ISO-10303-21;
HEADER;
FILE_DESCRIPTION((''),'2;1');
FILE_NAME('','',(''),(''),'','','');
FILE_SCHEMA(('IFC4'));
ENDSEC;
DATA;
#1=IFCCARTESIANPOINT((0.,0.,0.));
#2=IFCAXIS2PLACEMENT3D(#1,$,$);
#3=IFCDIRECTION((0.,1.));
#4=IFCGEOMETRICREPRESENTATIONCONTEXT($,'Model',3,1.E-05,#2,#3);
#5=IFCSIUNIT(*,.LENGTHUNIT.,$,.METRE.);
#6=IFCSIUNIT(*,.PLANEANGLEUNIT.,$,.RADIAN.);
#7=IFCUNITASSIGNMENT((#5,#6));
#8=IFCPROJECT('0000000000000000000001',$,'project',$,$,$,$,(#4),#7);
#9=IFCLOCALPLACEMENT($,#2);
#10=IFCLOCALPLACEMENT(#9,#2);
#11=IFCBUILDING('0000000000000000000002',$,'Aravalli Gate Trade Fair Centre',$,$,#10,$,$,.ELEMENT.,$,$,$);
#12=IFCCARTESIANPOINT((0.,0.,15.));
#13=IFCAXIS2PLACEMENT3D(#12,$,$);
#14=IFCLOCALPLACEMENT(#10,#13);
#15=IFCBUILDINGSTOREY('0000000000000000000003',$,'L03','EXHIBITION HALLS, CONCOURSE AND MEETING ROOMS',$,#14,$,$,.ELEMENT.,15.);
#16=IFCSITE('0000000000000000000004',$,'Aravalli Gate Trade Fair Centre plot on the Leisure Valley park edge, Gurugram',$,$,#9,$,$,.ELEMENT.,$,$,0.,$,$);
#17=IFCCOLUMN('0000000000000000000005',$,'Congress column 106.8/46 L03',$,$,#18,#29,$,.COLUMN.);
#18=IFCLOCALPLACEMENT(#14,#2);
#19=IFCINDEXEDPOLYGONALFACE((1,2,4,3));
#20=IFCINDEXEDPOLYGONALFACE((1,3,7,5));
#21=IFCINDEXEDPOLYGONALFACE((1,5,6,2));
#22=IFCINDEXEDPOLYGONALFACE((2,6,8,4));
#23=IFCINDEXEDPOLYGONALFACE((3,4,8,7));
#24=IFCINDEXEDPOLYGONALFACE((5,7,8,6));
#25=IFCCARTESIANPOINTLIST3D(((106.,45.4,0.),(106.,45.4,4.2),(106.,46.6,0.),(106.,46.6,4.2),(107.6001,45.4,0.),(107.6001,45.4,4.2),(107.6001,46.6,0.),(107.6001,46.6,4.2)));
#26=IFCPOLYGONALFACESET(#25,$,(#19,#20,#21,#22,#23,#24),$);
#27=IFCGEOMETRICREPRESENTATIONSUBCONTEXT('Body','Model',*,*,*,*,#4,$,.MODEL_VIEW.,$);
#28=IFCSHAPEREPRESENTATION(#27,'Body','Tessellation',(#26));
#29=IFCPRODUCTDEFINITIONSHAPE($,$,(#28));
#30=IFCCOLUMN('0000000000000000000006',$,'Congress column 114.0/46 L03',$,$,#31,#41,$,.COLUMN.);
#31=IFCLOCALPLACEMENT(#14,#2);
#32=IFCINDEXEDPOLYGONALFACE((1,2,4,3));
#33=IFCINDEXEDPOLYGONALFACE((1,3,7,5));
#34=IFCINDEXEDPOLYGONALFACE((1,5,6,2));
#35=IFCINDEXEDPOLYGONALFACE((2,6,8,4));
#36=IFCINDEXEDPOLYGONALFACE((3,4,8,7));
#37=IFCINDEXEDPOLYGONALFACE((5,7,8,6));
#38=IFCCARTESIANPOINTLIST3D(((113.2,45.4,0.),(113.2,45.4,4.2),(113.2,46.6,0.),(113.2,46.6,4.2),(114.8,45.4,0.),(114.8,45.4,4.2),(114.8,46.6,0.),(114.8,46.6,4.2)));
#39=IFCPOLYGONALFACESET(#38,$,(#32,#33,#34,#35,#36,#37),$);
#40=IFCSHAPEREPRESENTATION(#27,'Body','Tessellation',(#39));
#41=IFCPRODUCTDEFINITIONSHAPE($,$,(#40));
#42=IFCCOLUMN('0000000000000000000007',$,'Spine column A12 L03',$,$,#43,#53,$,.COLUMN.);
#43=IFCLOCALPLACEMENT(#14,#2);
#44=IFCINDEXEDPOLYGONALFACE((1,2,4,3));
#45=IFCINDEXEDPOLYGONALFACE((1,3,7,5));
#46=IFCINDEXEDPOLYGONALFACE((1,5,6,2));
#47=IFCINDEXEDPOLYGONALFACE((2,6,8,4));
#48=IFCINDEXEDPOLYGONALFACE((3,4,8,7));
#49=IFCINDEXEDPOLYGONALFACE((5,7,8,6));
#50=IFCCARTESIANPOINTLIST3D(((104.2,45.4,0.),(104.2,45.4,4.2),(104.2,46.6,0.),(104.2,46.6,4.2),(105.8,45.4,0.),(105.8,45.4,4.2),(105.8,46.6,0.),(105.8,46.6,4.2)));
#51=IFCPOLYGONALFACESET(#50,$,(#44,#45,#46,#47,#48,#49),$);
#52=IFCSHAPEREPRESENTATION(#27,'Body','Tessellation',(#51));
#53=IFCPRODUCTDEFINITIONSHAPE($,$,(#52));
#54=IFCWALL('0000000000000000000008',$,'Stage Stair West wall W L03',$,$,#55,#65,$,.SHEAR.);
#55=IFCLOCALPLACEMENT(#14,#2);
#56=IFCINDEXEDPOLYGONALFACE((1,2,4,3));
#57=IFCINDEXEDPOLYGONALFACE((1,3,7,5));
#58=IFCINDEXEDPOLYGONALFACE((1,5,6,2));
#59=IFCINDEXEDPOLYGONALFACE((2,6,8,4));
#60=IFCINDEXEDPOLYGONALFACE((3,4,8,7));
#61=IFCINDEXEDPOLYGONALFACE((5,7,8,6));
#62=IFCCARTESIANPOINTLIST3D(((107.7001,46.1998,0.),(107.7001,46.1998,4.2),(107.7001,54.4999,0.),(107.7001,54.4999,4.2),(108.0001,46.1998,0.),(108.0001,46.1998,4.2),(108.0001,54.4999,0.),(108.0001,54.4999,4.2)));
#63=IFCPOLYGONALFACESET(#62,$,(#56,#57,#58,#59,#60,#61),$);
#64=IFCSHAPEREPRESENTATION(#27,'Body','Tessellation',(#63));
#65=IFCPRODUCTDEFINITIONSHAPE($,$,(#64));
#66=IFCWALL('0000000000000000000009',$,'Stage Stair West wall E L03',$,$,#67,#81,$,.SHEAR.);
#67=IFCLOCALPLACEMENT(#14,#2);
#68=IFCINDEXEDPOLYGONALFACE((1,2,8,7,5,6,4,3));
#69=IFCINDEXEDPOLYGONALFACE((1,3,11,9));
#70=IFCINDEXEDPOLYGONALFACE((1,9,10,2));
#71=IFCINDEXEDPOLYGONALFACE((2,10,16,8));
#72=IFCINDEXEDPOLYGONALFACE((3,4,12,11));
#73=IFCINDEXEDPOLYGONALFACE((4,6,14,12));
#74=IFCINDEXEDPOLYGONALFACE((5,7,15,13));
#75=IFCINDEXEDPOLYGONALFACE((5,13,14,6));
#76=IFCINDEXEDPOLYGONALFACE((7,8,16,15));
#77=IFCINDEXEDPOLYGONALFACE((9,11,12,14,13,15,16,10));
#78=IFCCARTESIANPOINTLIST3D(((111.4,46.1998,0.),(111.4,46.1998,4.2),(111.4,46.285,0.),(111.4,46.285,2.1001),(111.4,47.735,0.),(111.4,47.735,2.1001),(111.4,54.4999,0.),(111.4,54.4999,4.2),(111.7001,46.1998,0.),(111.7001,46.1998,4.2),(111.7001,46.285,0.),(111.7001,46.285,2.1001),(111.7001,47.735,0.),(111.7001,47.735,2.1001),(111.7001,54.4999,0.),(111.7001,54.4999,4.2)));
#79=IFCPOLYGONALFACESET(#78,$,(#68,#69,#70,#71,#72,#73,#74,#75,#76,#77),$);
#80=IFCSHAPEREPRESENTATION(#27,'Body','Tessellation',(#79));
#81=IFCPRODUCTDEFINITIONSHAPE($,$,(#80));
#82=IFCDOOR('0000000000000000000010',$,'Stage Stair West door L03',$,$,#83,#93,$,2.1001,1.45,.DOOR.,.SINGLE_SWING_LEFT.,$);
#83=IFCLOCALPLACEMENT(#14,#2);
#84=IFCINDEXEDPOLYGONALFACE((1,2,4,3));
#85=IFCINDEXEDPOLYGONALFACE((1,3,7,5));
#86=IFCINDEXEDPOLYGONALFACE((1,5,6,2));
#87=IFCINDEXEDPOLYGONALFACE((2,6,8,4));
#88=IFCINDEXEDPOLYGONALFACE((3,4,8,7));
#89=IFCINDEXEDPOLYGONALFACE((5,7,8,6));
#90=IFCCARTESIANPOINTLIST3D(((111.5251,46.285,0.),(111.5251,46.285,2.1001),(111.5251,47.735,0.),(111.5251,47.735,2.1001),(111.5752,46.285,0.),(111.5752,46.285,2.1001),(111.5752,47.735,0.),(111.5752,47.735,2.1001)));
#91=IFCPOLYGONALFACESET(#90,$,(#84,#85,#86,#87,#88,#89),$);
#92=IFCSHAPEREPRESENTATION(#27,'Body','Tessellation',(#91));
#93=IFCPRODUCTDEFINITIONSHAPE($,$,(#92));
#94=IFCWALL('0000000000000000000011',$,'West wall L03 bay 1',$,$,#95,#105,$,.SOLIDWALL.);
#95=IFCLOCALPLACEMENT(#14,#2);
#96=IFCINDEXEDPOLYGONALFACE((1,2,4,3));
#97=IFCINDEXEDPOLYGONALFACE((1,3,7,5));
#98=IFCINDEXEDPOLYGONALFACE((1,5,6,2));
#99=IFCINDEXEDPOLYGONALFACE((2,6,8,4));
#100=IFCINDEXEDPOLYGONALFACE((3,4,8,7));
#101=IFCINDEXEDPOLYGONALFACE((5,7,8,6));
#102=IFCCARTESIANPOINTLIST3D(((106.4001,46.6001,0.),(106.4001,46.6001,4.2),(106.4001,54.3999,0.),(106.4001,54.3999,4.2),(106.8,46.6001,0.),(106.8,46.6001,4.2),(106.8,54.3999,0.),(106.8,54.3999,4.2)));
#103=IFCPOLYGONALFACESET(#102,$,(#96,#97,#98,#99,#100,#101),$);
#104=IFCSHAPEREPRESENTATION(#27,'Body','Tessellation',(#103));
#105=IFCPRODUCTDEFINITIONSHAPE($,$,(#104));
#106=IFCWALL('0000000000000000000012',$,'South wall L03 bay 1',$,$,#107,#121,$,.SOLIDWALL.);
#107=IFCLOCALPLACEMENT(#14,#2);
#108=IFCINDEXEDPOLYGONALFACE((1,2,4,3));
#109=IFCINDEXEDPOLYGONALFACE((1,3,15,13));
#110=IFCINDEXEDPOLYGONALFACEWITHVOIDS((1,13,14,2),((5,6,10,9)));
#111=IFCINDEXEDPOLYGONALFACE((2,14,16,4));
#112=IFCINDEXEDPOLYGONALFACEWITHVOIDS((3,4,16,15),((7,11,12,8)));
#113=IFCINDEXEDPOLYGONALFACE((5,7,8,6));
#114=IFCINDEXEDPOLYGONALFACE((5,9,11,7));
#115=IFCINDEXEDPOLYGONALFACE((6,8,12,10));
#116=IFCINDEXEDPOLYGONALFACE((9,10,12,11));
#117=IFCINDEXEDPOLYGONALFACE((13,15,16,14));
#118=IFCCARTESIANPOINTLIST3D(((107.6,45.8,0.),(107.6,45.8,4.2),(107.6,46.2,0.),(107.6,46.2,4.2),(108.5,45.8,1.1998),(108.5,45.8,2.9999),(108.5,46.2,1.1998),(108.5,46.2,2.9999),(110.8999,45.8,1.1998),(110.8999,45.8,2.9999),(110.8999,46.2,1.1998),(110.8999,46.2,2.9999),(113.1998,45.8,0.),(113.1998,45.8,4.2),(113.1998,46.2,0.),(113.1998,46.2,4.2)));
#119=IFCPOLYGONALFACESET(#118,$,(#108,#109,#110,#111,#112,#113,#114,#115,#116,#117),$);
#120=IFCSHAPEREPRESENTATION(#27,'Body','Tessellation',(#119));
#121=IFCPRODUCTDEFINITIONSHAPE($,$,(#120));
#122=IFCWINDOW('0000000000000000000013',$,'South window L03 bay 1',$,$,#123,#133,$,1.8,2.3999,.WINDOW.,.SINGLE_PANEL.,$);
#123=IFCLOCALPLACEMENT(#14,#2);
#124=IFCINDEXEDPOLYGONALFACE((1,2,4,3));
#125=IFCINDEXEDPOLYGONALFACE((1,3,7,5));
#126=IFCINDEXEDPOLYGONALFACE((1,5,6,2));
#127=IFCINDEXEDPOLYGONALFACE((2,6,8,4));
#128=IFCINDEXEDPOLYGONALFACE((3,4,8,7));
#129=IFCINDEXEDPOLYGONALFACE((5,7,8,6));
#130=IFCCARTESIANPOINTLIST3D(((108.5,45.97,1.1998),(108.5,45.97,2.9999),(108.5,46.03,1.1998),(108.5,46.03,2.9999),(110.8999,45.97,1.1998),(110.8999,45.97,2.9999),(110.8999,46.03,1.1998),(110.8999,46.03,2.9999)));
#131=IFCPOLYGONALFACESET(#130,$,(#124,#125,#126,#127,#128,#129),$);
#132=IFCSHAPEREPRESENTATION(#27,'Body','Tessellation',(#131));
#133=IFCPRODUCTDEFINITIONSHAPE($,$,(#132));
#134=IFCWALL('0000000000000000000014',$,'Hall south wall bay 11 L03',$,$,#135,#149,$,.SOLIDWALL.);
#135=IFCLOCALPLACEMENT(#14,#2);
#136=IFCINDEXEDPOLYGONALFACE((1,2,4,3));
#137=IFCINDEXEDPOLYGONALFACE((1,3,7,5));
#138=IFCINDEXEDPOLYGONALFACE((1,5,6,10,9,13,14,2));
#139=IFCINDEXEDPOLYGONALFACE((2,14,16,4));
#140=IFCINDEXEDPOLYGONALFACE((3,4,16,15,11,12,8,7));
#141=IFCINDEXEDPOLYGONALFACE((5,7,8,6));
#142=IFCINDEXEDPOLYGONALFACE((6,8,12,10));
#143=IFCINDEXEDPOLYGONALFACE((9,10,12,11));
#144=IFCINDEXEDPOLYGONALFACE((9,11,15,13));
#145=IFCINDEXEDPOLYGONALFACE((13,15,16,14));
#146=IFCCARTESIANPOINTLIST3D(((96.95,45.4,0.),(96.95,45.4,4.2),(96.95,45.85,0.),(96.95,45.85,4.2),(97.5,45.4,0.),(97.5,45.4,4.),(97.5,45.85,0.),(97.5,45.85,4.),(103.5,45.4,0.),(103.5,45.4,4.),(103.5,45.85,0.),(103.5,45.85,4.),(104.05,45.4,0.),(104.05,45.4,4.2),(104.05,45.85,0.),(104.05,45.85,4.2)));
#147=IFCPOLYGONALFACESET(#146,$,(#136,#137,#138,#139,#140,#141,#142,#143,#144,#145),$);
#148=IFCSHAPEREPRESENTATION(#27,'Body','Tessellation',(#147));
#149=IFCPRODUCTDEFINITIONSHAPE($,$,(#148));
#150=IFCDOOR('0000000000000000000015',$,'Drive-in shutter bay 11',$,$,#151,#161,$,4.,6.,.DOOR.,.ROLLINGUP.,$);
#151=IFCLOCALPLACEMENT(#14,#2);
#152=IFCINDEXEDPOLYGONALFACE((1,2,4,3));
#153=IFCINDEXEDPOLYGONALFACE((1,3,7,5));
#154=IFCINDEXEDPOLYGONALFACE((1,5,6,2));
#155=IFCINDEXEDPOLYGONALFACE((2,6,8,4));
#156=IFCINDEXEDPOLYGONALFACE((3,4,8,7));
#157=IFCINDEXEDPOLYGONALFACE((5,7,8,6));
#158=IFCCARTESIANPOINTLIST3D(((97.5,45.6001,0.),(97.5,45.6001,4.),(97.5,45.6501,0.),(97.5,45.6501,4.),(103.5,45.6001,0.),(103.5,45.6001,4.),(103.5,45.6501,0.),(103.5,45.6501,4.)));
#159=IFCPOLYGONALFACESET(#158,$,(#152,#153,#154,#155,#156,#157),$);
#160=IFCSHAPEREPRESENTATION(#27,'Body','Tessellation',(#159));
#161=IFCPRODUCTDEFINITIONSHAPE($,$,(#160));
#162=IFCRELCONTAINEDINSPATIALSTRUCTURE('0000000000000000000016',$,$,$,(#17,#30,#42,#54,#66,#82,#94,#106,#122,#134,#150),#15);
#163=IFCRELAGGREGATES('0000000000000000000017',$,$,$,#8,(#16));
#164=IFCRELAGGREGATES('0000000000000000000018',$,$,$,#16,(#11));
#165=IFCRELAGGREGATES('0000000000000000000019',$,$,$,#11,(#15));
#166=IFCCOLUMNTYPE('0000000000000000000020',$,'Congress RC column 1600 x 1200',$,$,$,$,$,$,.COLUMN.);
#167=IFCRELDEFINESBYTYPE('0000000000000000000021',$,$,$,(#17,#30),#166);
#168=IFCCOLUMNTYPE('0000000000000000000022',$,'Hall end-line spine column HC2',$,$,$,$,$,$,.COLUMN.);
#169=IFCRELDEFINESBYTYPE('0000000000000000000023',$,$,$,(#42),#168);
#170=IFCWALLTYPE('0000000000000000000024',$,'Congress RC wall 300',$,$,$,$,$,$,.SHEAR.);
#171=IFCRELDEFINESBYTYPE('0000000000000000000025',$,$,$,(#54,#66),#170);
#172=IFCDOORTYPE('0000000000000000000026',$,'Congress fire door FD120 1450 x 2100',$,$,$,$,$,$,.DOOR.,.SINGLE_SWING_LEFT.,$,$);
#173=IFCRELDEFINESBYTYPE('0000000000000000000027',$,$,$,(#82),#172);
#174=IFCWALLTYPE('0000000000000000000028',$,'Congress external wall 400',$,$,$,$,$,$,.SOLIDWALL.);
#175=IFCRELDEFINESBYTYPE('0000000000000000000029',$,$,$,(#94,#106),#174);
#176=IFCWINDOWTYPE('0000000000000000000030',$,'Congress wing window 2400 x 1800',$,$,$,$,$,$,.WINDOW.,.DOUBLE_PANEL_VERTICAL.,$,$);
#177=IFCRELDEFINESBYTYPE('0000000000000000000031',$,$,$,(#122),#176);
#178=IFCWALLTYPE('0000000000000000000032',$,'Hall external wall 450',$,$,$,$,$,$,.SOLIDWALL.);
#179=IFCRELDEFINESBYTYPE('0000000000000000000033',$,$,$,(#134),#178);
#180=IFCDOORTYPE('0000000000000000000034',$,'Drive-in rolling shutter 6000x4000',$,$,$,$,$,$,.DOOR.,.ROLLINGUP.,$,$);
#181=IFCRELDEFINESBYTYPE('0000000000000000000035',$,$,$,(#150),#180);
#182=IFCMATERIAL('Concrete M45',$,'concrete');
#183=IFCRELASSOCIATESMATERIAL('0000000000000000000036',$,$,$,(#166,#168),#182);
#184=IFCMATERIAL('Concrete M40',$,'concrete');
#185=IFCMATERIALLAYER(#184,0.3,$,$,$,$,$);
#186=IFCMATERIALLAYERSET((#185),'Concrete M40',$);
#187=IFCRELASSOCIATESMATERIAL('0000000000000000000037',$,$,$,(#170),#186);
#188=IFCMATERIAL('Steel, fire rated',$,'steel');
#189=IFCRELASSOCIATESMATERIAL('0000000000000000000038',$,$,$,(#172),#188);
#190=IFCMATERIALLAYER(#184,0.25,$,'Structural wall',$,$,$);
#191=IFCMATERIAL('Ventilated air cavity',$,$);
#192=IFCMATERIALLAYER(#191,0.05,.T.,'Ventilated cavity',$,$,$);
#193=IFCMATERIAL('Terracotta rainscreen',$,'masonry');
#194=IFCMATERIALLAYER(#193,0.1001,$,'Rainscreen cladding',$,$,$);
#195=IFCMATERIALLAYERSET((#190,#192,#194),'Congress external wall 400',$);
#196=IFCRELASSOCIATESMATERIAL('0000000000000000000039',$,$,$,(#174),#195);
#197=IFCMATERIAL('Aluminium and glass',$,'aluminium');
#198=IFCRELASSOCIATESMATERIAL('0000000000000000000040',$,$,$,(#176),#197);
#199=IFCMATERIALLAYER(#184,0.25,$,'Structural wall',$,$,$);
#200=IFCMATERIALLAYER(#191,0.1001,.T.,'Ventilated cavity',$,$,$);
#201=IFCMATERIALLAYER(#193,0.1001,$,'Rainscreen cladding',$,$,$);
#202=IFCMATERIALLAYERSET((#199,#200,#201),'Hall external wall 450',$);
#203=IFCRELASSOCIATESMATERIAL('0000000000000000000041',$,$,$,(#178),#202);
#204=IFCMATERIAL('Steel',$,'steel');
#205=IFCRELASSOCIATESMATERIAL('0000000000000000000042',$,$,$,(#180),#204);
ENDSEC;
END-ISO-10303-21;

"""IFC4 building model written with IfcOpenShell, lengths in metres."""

from ifc_helpers import new_model, si_unit, direction, frame, frame_2d, origin, origin_2d, place, context, subcontext, project, spatial, rectangle, extrude, material, layer, layer_set, material_profile, profile_set, type_object, element, fill, save


model = new_model("IFC4")

# Units and contexts
model_context = context("Model", 3, precision=1e-05, world=origin(), true_north=direction((0.0, 1.0)))
body_context = subcontext(model_context, "Body", "Model", "MODEL_VIEW")
ifc_project = project(units=[si_unit("LENGTHUNIT", "METRE"), si_unit("PLANEANGLEUNIT", "RADIAN")], contexts=[model_context])

# Site, building, storey
site_placement = place(None, origin())
site = spatial("IfcSite", under=ifc_project, at=site_placement, Name="Aravalli Gate Trade Fair Centre plot on the Leisure Valley park edge, Gurugram", CompositionType="ELEMENT", RefElevation=0.0)
building_placement = place(site_placement, origin())
building = spatial("IfcBuilding", under=site, at=building_placement, Name="Aravalli Gate Trade Fair Centre", CompositionType="ELEMENT")
storey_placement = place(building_placement, frame((0.0, 0.0, 15.0)))
storey = spatial("IfcBuildingStorey", under=building, at=storey_placement, Name="L03", Description="EXHIBITION HALLS, CONCOURSE AND MEETING ROOMS", CompositionType="ELEMENT", Elevation=15.0)

# Columns
ifc_material_1 = material(Name="Concrete M45", Category="concrete")
ifc_material_profile_1 = material_profile(ifc_material_1, rectangle(XDim=1.6001, YDim=1.2, at=origin_2d()), Name="RC 1600x1200")
ifc_profile_set_1 = profile_set([ifc_material_profile_1], Name="Concrete M45")
column_type_1 = type_object("IfcColumnType", Name="Congress RC column 1600 x 1200", PredefinedType="COLUMN", material=ifc_profile_set_1)
for number, where, z_axis, x_axis, name in (
    (1, (106.8, 46.0, 0.0), (0.0, 0.0, 1.0), (1.0, 0.0, 0.0), "Congress column 106.8/46 L03"),
    (2, (114.0, 46.0, 0.0), (0.0, 0.0, 1.0), (1.0, 0.0, 0.0), "Congress column 114.0/46 L03"),
):
    element("IfcColumn", number, at=place(storey_placement, frame(where, z_axis=z_axis, x_axis=x_axis)), inside=storey, type_object=column_type_1, Name=name, PredefinedType="COLUMN", context=body_context, shape_type="SweptSolid", body=[
        extrude(rectangle(XDim=1.6001, YDim=1.2, at=origin_2d()), origin(), (0.0, 0.0, 1.0), 4.2),
    ])
ifc_material_profile_2 = material_profile(ifc_material_1, rectangle(XDim=1.6001, YDim=1.2, at=origin_2d()), Name="RC 1600x1200")
ifc_profile_set_2 = profile_set([ifc_material_profile_2], Name="Concrete M45")
column_type_2 = type_object("IfcColumnType", Name="Hall end-line spine column HC2", PredefinedType="COLUMN", material=ifc_profile_set_2)
column_placement = place(storey_placement, frame((105.0, 46.0, 0.0), z_axis=(0.0, 0.0, 1.0), x_axis=(1.0, 0.0, 0.0)))
element("IfcColumn", 3, at=column_placement, inside=storey, type_object=column_type_2, Name="Spine column A12 L03", PredefinedType="COLUMN", context=body_context, shape_type="SweptSolid", body=[
    extrude(rectangle(XDim=1.6001, YDim=1.2, at=origin_2d()), origin(), (0.0, 0.0, 1.0), 4.2),
])

# Wall
ifc_material_2 = material(Name="Concrete M40", Category="concrete")
ifc_layer_1 = layer(ifc_material_2, 0.3)
ifc_layer_set_1 = layer_set([ifc_layer_1], Name="Concrete M40")
wall_type_1 = type_object("IfcWallType", Name="Congress RC wall 300", PredefinedType="SHEAR", material=ifc_layer_set_1)
wall_1_placement = place(storey_placement, frame((107.8501, 46.2, 0.0), z_axis=(0.0, 0.0, 1.0), x_axis=(0.0, 1.0, 0.0)))
element("IfcWall", 4, at=wall_1_placement, inside=storey, type_object=wall_type_1, Name="Stage Stair West wall W L03", PredefinedType="SHEAR", context=body_context, shape_type="SweptSolid", body=[
    extrude(rectangle(XDim=8.3, YDim=0.3, at=frame_2d((4.1499, 0.0))), origin(), (0.0, 0.0, 1.0), 4.2),
])

# Wall, opening, door
wall_2_placement = place(storey_placement, frame((111.55, 46.2, 0.0), z_axis=(0.0, 0.0, 1.0), x_axis=(0.0, 1.0, 0.0)))
wall_2 = element("IfcWall", 5, at=wall_2_placement, inside=storey, type_object=wall_type_1, Name="Stage Stair West wall E L03", PredefinedType="SHEAR", context=body_context, shape_type="SweptSolid", body=[
    extrude(rectangle(XDim=8.3, YDim=0.3, at=frame_2d((4.1499, 0.0))), origin(), (0.0, 0.0, 1.0), 4.2),
])
opening_1_placement = place(wall_2_placement, frame((0.085, 0.0, 0.0)))
opening_1 = element("IfcOpeningElement", 6, at=opening_1_placement, cuts=wall_2, PredefinedType="OPENING", context=body_context, shape_type="SweptSolid", body=[
    extrude(rectangle(XDim=1.45, YDim=2.1001, at=frame_2d((0.7251, 1.05))), frame((0.0, 0.1599, 0.0), z_axis=(0.0, -1.0, 0.0), x_axis=(1.0, 0.0, 0.0)), (0.0, 0.0, 1.0), 0.3201),
])
ifc_material_3 = material(Name="Steel, fire rated", Category="steel")
door_type_1 = type_object("IfcDoorType", Name="Congress fire door FD120 1450 x 2100", OperationType="SINGLE_SWING_LEFT", PredefinedType="DOOR", material=ifc_material_3)
door_1_placement = place(opening_1_placement, origin())
door_1 = element("IfcDoor", 7, at=door_1_placement, inside=storey, type_object=door_type_1, Name="Stage Stair West door L03", OperationType="SINGLE_SWING_LEFT", OverallHeight=2.1001, OverallWidth=1.45, PredefinedType="DOOR", context=body_context, shape_type="SweptSolid", body=[
    extrude(rectangle(XDim=1.45, YDim=2.1001, at=frame_2d((0.7251, 1.05))), frame((0.0, 0.0249, 0.0), z_axis=(0.0, -1.0, 0.0), x_axis=(1.0, 0.0, 0.0)), (0.0, 0.0, 1.0), 0.05),
])
fill(opening_1, door_1)

# Wall
ifc_layer_2 = layer(ifc_material_2, 0.25, Name="Structural wall")
ifc_material_4 = material(Name="Ventilated air cavity")
ifc_layer_3 = layer(ifc_material_4, 0.05, ventilated=True, Name="Ventilated cavity")
ifc_material_5 = material(Name="Terracotta rainscreen", Category="masonry")
ifc_layer_4 = layer(ifc_material_5, 0.1001, Name="Rainscreen cladding")
ifc_layer_set_2 = layer_set([ifc_layer_2, ifc_layer_3, ifc_layer_4], Name="Congress external wall 400")
wall_type_2 = type_object("IfcWallType", Name="Congress external wall 400", PredefinedType="SOLIDWALL", material=ifc_layer_set_2)
wall_3_placement = place(storey_placement, frame((106.6001, 46.6001, 0.0), z_axis=(0.0, 0.0, 1.0), x_axis=(0.0, 1.0, 0.0)))
element("IfcWall", 8, at=wall_3_placement, inside=storey, type_object=wall_type_2, Name="West wall L03 bay 1", PredefinedType="SOLIDWALL", context=body_context, shape_type="SweptSolid", body=[
    extrude(rectangle(XDim=7.7998, YDim=0.3999, at=frame_2d((3.8999, 0.0))), origin(), (0.0, 0.0, 1.0), 4.2),
])

# Wall, opening, window
wall_4_placement = place(storey_placement, frame((107.6001, 46.0, 0.0), z_axis=(0.0, 0.0, 1.0), x_axis=(1.0, 0.0, 0.0)))
wall_4 = element("IfcWall", 9, at=wall_4_placement, inside=storey, type_object=wall_type_2, Name="South wall L03 bay 1", PredefinedType="SOLIDWALL", context=body_context, shape_type="SweptSolid", body=[
    extrude(rectangle(XDim=5.5999, YDim=0.3999, at=frame_2d((2.7998, 0.0))), origin(), (0.0, 0.0, 1.0), 4.2),
])
opening_2_placement = place(wall_4_placement, frame((0.8999, 0.0, 1.2)))
opening_2 = element("IfcOpeningElement", 10, at=opening_2_placement, cuts=wall_4, PredefinedType="OPENING", context=body_context, shape_type="SweptSolid", body=[
    extrude(rectangle(XDim=2.3999, YDim=1.8, at=frame_2d((1.2, 0.8999))), frame((0.0, 0.21, 0.0), z_axis=(0.0, -1.0, 0.0), x_axis=(1.0, 0.0, 0.0)), (0.0, 0.0, 1.0), 0.4199),
])
ifc_material_6 = material(Name="Aluminium and glass", Category="aluminium")
window_type = type_object("IfcWindowType", Name="Congress wing window 2400 x 1800", PartitioningType="DOUBLE_PANEL_VERTICAL", PredefinedType="WINDOW", material=ifc_material_6)
window_placement = place(opening_2_placement, origin())
window = element("IfcWindow", 11, at=window_placement, inside=storey, type_object=window_type, Name="South window L03 bay 1", OverallHeight=1.8, OverallWidth=2.3999, PartitioningType="SINGLE_PANEL", PredefinedType="WINDOW", context=body_context, shape_type="SweptSolid", body=[
    extrude(rectangle(XDim=2.3999, YDim=1.8, at=frame_2d((1.2, 0.8999))), frame((0.0, 0.03, 0.0), z_axis=(0.0, -1.0, 0.0), x_axis=(1.0, 0.0, 0.0)), (0.0, 0.0, 1.0), 0.0601),
])
fill(opening_2, window)

# Wall, opening, door
ifc_layer_5 = layer(ifc_material_2, 0.25, Name="Structural wall")
ifc_layer_6 = layer(ifc_material_4, 0.1001, ventilated=True, Name="Ventilated cavity")
ifc_layer_7 = layer(ifc_material_5, 0.1001, Name="Rainscreen cladding")
ifc_layer_set_3 = layer_set([ifc_layer_5, ifc_layer_6, ifc_layer_7], Name="Hall external wall 450")
wall_type_3 = type_object("IfcWallType", Name="Hall external wall 450", PredefinedType="SOLIDWALL", material=ifc_layer_set_3)
wall_5_placement = place(storey_placement, frame((96.95, 45.625, 0.0), z_axis=(0.0, 0.0, 1.0), x_axis=(1.0, 0.0, 0.0)))
wall_5 = element("IfcWall", 12, at=wall_5_placement, inside=storey, type_object=wall_type_3, Name="Hall south wall bay 11 L03", PredefinedType="SOLIDWALL", context=body_context, shape_type="SweptSolid", body=[
    extrude(rectangle(XDim=7.1001, YDim=0.45, at=frame_2d((3.55, 0.0))), origin(), (0.0, 0.0, 1.0), 4.2),
])
opening_3_placement = place(wall_5_placement, frame((0.55, 0.0, 0.0)))
opening_3 = element("IfcOpeningElement", 13, at=opening_3_placement, cuts=wall_5, PredefinedType="OPENING", context=body_context, shape_type="SweptSolid", body=[
    extrude(rectangle(XDim=6.0, YDim=4.0, at=frame_2d((3.0, 2.0))), frame((0.0, 0.2349, 0.0), z_axis=(0.0, -1.0, 0.0), x_axis=(1.0, 0.0, 0.0)), (0.0, 0.0, 1.0), 0.47),
])
ifc_material_7 = material(Name="Steel", Category="steel")
door_type_2 = type_object("IfcDoorType", Name="Drive-in rolling shutter 6000x4000", OperationType="ROLLINGUP", PredefinedType="DOOR", material=ifc_material_7)
door_2_placement = place(opening_3_placement, frame((6.0, 0.0, 0.0), z_axis=(0.0, 0.0, 1.0), x_axis=(-1.0, 0.0, 0.0)))
door_2 = element("IfcDoor", 14, at=door_2_placement, inside=storey, type_object=door_type_2, Name="Drive-in shutter bay 11", OperationType="ROLLINGUP", OverallHeight=4.0, OverallWidth=6.0, PredefinedType="DOOR", context=body_context, shape_type="SweptSolid", body=[
    extrude(rectangle(XDim=6.0, YDim=4.0, at=frame_2d((3.0, 2.0))), frame((0.0, 0.0249, 0.0), z_axis=(0.0, -1.0, 0.0), x_axis=(1.0, 0.0, 0.0)), (0.0, 0.0, 1.0), 0.05),
])
fill(opening_3, door_2)

save(model, "model.ifc")
